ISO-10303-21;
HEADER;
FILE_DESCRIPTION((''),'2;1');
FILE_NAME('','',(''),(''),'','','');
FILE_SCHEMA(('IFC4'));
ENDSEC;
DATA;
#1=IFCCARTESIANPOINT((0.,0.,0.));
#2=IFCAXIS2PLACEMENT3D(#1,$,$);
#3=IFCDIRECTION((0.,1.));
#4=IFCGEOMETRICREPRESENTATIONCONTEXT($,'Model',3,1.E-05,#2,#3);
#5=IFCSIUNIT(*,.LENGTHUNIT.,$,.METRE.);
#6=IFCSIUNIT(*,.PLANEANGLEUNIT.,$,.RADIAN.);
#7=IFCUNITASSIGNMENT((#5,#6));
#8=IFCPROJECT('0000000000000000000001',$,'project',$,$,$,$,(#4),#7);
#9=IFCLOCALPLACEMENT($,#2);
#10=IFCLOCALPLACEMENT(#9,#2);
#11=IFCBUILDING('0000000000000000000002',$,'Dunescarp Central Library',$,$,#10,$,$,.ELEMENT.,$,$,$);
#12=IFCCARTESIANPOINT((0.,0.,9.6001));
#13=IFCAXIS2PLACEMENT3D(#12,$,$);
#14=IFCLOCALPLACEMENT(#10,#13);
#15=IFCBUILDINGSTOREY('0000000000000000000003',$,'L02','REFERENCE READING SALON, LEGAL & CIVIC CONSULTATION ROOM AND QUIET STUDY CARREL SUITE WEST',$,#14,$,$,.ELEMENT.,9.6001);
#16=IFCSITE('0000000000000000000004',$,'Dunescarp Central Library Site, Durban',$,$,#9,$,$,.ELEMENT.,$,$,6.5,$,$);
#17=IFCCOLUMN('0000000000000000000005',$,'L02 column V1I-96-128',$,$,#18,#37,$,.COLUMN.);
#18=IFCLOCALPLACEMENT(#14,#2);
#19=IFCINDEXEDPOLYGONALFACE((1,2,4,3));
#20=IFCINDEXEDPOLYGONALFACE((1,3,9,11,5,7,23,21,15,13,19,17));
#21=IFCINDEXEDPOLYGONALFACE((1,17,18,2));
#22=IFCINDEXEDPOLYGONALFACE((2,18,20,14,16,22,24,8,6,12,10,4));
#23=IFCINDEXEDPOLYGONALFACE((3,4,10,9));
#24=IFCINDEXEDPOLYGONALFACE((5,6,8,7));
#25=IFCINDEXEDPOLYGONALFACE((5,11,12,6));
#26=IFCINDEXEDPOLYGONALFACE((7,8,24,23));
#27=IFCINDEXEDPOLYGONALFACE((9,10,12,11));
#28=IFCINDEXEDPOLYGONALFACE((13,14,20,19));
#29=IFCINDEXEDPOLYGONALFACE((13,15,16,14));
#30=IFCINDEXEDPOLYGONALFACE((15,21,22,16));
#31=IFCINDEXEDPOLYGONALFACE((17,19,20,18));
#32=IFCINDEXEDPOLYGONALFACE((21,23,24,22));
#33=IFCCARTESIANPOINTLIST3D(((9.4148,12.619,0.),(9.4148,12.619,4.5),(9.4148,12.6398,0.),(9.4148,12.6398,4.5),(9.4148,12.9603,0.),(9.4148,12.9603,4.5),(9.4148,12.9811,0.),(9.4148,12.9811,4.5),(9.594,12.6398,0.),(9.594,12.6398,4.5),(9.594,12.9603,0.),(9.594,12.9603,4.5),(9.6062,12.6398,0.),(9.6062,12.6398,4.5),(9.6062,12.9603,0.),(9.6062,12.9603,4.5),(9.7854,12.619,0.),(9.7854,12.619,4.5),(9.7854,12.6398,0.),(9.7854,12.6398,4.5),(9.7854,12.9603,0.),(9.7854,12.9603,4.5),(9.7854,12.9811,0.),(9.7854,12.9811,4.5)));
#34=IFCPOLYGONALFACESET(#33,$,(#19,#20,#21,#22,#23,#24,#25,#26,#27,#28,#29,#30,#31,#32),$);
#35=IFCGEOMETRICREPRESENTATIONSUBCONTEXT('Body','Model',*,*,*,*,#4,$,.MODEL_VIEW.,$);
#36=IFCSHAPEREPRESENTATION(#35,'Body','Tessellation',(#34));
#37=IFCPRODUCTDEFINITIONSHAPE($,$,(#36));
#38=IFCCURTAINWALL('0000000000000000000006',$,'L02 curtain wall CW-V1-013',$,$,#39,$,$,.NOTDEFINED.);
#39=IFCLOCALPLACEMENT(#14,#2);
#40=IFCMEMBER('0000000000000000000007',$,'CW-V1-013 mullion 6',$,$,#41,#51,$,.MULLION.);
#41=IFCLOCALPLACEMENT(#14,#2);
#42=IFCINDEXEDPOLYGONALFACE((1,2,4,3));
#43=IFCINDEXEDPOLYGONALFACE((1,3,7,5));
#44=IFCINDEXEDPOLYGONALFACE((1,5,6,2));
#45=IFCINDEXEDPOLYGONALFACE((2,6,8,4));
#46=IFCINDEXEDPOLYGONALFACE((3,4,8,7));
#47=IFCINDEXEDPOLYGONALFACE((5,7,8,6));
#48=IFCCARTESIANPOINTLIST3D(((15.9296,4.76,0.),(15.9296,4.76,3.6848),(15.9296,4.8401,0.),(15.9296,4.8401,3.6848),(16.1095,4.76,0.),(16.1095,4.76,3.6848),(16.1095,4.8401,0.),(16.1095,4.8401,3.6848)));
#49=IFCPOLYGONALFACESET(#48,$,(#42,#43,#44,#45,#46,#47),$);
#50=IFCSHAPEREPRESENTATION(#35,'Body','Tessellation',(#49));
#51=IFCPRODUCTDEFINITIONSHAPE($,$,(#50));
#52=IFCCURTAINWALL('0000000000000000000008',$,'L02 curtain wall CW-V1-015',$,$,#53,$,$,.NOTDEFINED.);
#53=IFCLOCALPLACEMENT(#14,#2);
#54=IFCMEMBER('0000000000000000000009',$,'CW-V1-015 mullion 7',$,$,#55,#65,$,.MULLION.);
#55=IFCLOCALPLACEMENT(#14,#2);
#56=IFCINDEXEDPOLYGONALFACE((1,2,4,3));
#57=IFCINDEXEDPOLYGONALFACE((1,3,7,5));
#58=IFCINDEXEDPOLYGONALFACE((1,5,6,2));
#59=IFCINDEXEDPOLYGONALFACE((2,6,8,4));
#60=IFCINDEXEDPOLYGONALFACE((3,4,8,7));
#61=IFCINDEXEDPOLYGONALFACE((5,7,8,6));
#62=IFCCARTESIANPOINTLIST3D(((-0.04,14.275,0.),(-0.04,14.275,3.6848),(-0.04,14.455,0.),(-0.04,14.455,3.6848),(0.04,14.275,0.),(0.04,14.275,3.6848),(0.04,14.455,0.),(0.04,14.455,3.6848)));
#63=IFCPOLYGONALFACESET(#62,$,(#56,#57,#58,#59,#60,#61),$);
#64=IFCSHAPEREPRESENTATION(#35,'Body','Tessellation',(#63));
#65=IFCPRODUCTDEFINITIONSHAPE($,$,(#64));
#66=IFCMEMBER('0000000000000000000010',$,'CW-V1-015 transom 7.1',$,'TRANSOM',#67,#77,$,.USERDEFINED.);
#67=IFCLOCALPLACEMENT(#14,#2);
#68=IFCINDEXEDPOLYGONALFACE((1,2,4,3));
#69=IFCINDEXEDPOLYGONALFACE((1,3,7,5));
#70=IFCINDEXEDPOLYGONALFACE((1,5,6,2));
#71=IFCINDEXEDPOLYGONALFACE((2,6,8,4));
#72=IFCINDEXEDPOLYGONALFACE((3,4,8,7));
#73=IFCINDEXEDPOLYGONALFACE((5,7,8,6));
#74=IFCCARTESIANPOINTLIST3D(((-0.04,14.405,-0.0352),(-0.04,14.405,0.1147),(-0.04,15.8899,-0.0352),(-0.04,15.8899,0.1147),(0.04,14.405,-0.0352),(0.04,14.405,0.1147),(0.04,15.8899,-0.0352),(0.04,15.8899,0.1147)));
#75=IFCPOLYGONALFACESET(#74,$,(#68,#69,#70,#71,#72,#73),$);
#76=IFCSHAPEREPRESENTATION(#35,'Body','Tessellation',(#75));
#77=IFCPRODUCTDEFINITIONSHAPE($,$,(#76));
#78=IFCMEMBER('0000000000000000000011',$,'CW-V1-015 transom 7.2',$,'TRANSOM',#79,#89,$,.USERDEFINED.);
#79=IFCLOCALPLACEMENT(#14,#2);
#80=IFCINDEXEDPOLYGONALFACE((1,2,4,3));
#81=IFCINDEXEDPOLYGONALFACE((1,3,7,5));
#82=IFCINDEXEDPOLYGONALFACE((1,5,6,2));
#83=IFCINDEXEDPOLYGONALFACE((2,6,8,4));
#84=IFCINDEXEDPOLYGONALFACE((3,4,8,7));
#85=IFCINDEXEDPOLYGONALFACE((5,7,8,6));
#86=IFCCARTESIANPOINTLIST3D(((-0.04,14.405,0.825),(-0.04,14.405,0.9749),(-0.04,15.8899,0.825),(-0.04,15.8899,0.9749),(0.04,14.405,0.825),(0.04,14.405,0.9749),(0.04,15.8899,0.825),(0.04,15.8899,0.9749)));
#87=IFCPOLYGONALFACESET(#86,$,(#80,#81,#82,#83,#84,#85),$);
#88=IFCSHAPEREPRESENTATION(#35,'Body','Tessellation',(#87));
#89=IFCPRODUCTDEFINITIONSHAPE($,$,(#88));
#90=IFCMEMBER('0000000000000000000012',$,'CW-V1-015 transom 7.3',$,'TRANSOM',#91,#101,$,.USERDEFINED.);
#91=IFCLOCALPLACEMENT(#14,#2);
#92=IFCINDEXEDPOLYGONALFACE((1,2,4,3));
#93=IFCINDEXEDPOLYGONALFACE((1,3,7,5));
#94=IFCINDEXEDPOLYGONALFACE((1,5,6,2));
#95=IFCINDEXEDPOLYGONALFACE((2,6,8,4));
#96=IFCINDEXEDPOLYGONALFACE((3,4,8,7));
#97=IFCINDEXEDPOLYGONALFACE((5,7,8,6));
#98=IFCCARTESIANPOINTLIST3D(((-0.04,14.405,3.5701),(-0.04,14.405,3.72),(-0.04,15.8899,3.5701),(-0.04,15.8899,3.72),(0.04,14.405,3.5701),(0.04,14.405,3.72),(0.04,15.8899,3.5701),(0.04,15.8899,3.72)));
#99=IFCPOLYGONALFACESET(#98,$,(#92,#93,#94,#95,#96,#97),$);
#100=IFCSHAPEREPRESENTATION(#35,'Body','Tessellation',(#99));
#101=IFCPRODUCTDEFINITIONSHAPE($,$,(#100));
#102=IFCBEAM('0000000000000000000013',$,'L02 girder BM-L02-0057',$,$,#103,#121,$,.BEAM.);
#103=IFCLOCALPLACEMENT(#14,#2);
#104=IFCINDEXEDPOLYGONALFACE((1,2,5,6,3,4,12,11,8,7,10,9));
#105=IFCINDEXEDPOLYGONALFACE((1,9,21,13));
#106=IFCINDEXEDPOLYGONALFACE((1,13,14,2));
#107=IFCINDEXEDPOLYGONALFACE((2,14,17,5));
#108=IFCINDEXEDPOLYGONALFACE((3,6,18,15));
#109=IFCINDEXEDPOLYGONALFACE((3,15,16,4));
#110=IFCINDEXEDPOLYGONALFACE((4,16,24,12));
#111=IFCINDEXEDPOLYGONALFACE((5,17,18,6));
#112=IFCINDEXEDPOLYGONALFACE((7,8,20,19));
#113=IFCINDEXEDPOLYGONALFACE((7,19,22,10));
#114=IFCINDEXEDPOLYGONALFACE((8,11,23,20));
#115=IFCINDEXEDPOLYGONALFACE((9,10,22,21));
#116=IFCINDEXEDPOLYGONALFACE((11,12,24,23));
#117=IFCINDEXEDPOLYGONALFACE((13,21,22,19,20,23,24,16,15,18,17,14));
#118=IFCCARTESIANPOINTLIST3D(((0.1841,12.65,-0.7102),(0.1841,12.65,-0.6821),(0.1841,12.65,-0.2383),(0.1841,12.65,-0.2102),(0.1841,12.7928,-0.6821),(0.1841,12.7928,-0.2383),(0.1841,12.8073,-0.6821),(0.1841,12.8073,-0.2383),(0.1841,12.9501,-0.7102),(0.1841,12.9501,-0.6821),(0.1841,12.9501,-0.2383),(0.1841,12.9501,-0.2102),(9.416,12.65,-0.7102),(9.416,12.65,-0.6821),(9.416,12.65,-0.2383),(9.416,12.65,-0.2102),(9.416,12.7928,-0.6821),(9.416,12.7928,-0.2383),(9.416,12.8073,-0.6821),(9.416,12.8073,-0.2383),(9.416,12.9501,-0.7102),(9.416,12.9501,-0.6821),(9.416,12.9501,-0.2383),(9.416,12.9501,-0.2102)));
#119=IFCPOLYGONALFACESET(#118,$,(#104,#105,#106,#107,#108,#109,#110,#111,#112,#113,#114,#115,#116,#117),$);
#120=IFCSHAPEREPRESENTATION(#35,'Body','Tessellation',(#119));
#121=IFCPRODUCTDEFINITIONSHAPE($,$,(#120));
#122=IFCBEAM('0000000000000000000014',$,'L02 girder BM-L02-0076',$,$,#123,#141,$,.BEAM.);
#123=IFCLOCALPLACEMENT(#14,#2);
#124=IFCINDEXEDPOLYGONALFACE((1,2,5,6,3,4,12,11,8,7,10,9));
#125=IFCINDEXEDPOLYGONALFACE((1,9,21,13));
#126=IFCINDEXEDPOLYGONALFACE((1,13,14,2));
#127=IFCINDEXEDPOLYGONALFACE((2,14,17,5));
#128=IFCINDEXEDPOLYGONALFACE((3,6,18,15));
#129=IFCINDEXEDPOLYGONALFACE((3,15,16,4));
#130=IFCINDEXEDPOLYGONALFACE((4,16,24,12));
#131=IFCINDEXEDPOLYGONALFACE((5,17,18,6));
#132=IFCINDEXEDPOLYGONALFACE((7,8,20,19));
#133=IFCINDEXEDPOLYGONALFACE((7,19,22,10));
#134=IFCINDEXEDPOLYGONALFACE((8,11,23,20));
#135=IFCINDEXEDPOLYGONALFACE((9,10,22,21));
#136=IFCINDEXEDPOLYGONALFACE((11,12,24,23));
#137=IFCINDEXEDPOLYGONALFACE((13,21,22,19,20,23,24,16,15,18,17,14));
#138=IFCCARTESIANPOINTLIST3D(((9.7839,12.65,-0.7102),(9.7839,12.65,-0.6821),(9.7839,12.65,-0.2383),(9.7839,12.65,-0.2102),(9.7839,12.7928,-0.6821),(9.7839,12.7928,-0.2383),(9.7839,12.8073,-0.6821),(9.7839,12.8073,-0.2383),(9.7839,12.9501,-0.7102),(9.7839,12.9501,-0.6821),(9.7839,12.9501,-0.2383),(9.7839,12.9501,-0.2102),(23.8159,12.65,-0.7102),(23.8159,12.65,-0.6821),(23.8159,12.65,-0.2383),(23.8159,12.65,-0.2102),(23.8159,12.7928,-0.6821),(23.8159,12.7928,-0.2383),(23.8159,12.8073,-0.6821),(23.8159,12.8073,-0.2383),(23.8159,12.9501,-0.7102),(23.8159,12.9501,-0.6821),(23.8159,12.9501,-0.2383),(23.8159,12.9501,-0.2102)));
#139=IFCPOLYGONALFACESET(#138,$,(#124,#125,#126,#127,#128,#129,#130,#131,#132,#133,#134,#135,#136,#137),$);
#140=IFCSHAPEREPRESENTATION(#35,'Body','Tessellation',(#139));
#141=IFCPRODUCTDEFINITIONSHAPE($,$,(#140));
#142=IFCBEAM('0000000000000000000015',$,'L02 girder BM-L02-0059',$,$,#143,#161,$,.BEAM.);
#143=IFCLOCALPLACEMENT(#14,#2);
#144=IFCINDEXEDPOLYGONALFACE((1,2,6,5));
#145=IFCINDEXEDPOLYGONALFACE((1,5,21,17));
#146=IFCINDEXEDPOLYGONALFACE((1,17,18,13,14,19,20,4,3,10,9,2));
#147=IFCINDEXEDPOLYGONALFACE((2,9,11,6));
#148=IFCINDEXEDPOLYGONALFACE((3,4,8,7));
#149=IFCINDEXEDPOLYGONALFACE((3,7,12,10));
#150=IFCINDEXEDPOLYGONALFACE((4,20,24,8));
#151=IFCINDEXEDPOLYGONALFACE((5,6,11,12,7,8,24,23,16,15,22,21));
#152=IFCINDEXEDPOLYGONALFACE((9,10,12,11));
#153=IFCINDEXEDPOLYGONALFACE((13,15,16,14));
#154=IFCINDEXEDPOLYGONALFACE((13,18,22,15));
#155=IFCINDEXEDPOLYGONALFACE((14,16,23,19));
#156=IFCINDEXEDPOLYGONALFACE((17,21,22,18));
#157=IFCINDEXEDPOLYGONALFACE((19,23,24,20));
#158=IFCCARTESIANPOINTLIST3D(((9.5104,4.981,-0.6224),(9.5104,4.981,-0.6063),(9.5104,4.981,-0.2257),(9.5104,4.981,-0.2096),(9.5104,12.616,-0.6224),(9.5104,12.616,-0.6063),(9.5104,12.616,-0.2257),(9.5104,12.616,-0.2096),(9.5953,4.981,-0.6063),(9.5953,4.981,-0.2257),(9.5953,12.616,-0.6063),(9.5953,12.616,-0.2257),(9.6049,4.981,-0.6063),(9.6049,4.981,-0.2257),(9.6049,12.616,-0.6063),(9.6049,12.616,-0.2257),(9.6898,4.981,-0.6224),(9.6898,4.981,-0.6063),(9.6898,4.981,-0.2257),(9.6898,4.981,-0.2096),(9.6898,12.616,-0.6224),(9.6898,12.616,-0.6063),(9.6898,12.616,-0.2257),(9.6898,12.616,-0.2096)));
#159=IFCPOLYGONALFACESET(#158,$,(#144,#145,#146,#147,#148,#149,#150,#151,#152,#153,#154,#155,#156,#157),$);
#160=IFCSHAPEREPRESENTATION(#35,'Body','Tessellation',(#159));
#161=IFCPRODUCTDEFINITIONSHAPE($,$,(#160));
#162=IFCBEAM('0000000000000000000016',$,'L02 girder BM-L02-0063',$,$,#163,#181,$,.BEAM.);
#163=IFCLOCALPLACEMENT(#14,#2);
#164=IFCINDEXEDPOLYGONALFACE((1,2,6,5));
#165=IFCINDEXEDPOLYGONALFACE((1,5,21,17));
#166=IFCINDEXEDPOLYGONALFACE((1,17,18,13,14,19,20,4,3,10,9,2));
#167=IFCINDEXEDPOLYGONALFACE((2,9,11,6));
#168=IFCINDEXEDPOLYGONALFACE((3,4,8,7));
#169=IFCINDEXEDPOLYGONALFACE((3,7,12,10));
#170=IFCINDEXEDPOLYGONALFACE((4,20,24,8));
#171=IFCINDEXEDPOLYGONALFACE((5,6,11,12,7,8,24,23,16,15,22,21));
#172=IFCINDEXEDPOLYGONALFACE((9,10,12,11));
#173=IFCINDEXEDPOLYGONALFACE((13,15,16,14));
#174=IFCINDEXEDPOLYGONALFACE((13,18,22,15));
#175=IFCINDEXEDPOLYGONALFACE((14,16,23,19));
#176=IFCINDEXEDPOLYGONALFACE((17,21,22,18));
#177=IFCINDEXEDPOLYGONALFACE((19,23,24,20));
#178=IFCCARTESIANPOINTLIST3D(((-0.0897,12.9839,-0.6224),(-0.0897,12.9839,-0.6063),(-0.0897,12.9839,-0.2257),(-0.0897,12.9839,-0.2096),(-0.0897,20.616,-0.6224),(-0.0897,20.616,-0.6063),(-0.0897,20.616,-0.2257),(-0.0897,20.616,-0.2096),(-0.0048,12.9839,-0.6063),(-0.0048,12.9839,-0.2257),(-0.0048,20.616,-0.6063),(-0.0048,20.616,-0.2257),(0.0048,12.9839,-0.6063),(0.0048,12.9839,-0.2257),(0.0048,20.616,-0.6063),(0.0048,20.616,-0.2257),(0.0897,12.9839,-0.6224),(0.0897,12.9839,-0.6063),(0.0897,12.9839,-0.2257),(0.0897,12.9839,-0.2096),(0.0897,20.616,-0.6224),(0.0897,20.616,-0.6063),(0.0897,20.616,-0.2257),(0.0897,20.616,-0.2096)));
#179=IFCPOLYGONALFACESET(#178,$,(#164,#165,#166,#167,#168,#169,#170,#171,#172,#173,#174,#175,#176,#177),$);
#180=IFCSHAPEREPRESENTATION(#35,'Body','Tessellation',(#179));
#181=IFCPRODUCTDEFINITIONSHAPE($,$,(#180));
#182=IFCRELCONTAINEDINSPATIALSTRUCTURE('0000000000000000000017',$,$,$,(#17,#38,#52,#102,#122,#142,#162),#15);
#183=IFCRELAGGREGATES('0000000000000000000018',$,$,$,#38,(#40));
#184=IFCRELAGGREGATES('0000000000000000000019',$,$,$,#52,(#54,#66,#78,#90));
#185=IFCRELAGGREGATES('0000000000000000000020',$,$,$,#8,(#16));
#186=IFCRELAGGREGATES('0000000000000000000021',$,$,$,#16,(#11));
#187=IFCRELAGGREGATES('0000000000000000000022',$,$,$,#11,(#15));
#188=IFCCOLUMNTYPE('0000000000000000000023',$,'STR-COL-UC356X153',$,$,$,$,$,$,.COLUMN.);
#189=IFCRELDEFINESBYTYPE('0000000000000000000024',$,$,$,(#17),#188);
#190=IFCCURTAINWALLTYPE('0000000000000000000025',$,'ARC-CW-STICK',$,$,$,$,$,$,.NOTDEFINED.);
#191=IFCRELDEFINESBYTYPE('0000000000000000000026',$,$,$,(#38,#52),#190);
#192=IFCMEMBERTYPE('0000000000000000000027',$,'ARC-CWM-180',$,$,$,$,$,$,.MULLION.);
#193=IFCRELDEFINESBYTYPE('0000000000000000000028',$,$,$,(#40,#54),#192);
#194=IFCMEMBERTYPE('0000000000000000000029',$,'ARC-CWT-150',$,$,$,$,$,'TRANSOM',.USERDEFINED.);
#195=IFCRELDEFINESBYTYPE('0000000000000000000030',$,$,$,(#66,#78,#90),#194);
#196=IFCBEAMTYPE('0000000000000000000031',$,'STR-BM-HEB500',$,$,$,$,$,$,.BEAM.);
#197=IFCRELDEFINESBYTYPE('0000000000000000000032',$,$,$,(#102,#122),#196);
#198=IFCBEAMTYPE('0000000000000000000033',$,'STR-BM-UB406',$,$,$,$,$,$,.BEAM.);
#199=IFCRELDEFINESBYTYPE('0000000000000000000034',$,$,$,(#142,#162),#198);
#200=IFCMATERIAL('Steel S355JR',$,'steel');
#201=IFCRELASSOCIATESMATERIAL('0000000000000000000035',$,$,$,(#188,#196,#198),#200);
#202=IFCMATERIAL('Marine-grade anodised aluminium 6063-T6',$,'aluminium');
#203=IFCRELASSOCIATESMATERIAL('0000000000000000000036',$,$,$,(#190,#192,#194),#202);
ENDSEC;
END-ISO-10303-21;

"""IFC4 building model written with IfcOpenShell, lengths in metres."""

from ifc_helpers import new_model, si_unit, direction, frame, origin, origin_2d, place, context, subcontext, project, spatial, rectangle, i_section, extrude, material, material_profile, profile_set, type_object, element, aggregate, save


model = new_model("IFC4")

# Units and contexts
model_context = context("Model", 3, precision=1e-05, world=origin(), true_north=direction((0.0, 1.0)))
body_context = subcontext(model_context, "Body", "Model", "MODEL_VIEW")
ifc_project = project(units=[si_unit("LENGTHUNIT", "METRE"), si_unit("PLANEANGLEUNIT", "RADIAN")], contexts=[model_context])

# Site, building, storey
site_placement = place(None, origin())
site = spatial("IfcSite", under=ifc_project, at=site_placement, Name="Dunescarp Central Library Site, Durban", CompositionType="ELEMENT", RefElevation=6.5)
building_placement = place(site_placement, origin())
building = spatial("IfcBuilding", under=site, at=building_placement, Name="Dunescarp Central Library", CompositionType="ELEMENT")
storey_placement = place(building_placement, frame((0.0, 0.0, 9.6001)))
storey = spatial("IfcBuildingStorey", under=building, at=storey_placement, Name="L02", Description="REFERENCE READING SALON, LEGAL & CIVIC CONSULTATION ROOM AND QUIET STUDY CARREL SUITE WEST", CompositionType="ELEMENT", Elevation=9.6001)

# Column
ifc_material_1 = material(Name="Steel S355JR", Category="steel")
ifc_material_profile_1 = material_profile(ifc_material_1, i_section(OverallWidth=0.3706, OverallDepth=0.3621, WebThickness=0.0122, FlangeThickness=0.0208, at=origin_2d()), Name="UC 356x368x153")
ifc_profile_set_1 = profile_set([ifc_material_profile_1], Name="Steel S355JR")
column_type = type_object("IfcColumnType", Name="STR-COL-UC356X153", PredefinedType="COLUMN", material=ifc_profile_set_1)
column_placement = place(storey_placement, frame((9.6001, 12.8, 0.0), z_axis=(0.0, 0.0, 1.0), x_axis=(1.0, 0.0, 0.0)))
element("IfcColumn", 1, at=column_placement, inside=storey, type_object=column_type, Name="L02 column V1I-96-128", PredefinedType="COLUMN", context=body_context, shape_type="SweptSolid", body=[
    extrude(i_section(OverallWidth=0.3706, OverallDepth=0.3621, WebThickness=0.0122, FlangeThickness=0.0208, at=origin_2d()), origin(), (0.0, 0.0, 1.0), 4.5),
])

# Curtain wall, member
ifc_material_2 = material(Name="Marine-grade anodised aluminium 6063-T6", Category="aluminium")
curtain_wall_type = type_object("IfcCurtainWallType", Name="ARC-CW-STICK", PredefinedType="NOTDEFINED", material=ifc_material_2)
curtain_wall_1_placement = place(storey_placement, origin())
curtain_wall_1 = element("IfcCurtainWall", 2, at=curtain_wall_1_placement, inside=storey, type_object=curtain_wall_type, Name="L02 curtain wall CW-V1-013", PredefinedType="NOTDEFINED")
ifc_material_profile_2 = material_profile(ifc_material_2, rectangle(XDim=0.0801, YDim=0.1799, at=origin_2d()), Name="AL 80x180")
ifc_profile_set_2 = profile_set([ifc_material_profile_2], Name="Marine-grade anodised aluminium 6063-T6")
member_type_1 = type_object("IfcMemberType", Name="ARC-CWM-180", PredefinedType="MULLION", material=ifc_profile_set_2)
member_1_placement = place(storey_placement, frame((16.0195, 4.8, 0.0), z_axis=(0.0, 0.0, 1.0), x_axis=(0.0, -1.0, 0.0)))
member_1 = element("IfcMember", 3, at=member_1_placement, type_object=member_type_1, Name="CW-V1-013 mullion 6", PredefinedType="MULLION", context=body_context, shape_type="SweptSolid", body=[
    extrude(rectangle(XDim=0.0801, YDim=0.1799, at=origin_2d()), origin(), (0.0, 0.0, 1.0), 3.6848),
])
aggregate(curtain_wall_1, [member_1])

# Curtain wall, members
curtain_wall_2_placement = place(storey_placement, origin())
curtain_wall_2 = element("IfcCurtainWall", 4, at=curtain_wall_2_placement, inside=storey, type_object=curtain_wall_type, Name="L02 curtain wall CW-V1-015", PredefinedType="NOTDEFINED")
member_2_placement = place(storey_placement, frame((0.0, 14.365, 0.0), z_axis=(0.0, 0.0, 1.0), x_axis=(-1.0, 0.0, 0.0)))
member_2 = element("IfcMember", 5, at=member_2_placement, type_object=member_type_1, Name="CW-V1-015 mullion 7", PredefinedType="MULLION", context=body_context, shape_type="SweptSolid", body=[
    extrude(rectangle(XDim=0.0801, YDim=0.1799, at=origin_2d()), origin(), (0.0, 0.0, 1.0), 3.6848),
])
ifc_material_profile_3 = material_profile(ifc_material_2, rectangle(XDim=0.0801, YDim=0.1499, at=origin_2d()), Name="AL 80x150")
ifc_profile_set_3 = profile_set([ifc_material_profile_3], Name="Marine-grade anodised aluminium 6063-T6")
member_type_2 = type_object("IfcMemberType", Name="ARC-CWT-150", ElementType="TRANSOM", PredefinedType="USERDEFINED", material=ifc_profile_set_3)
member_3_placement = place(storey_placement, frame((0.0, 14.405, 0.0398), z_axis=(0.0, 1.0, 0.0), x_axis=(-1.0, 0.0, 0.0)))
member_3 = element("IfcMember", 6, at=member_3_placement, type_object=member_type_2, Name="CW-V1-015 transom 7.1", ObjectType="TRANSOM", PredefinedType="USERDEFINED", context=body_context, shape_type="SweptSolid", body=[
    extrude(rectangle(XDim=0.0801, YDim=0.1499, at=origin_2d()), origin(), (0.0, 0.0, 1.0), 1.4849),
])
member_4_placement = place(storey_placement, frame((0.0, 14.405, 0.8999), z_axis=(0.0, 1.0, 0.0), x_axis=(-1.0, 0.0, 0.0)))
member_4 = element("IfcMember", 7, at=member_4_placement, type_object=member_type_2, Name="CW-V1-015 transom 7.2", ObjectType="TRANSOM", PredefinedType="USERDEFINED", context=body_context, shape_type="SweptSolid", body=[
    extrude(rectangle(XDim=0.0801, YDim=0.1499, at=origin_2d()), origin(), (0.0, 0.0, 1.0), 1.4849),
])
member_5_placement = place(storey_placement, frame((0.0, 14.405, 3.645), z_axis=(0.0, 1.0, 0.0), x_axis=(-1.0, 0.0, 0.0)))
member_5 = element("IfcMember", 8, at=member_5_placement, type_object=member_type_2, Name="CW-V1-015 transom 7.3", ObjectType="TRANSOM", PredefinedType="USERDEFINED", context=body_context, shape_type="SweptSolid", body=[
    extrude(rectangle(XDim=0.0801, YDim=0.1499, at=origin_2d()), origin(), (0.0, 0.0, 1.0), 1.4849),
])

# Beams
ifc_material_profile_4 = material_profile(ifc_material_1, i_section(OverallWidth=0.3, OverallDepth=0.5, WebThickness=0.0144, FlangeThickness=0.0281, at=origin_2d()), Name="HEB 500")
ifc_profile_set_4 = profile_set([ifc_material_profile_4], Name="Steel S355JR")
beam_type_1 = type_object("IfcBeamType", Name="STR-BM-HEB500", PredefinedType="BEAM", material=ifc_profile_set_4)
beam_1_placement = place(storey_placement, frame((0.1841, 12.8, -0.4602), z_axis=(1.0, 0.0, 0.0), x_axis=(0.0, 1.0, 0.0)))
element("IfcBeam", 9, at=beam_1_placement, inside=storey, type_object=beam_type_1, Name="L02 girder BM-L02-0057", PredefinedType="BEAM", context=body_context, shape_type="SweptSolid", body=[
    extrude(i_section(OverallWidth=0.3, OverallDepth=0.5, WebThickness=0.0144, FlangeThickness=0.0281, at=origin_2d()), origin(), (0.0, 0.0, 1.0), 9.2319),
])
beam_2_placement = place(storey_placement, frame((9.7839, 12.8, -0.4602), z_axis=(1.0, 0.0, 0.0), x_axis=(0.0, 1.0, 0.0)))
element("IfcBeam", 10, at=beam_2_placement, inside=storey, type_object=beam_type_1, Name="L02 girder BM-L02-0076", PredefinedType="BEAM", context=body_context, shape_type="SweptSolid", body=[
    extrude(i_section(OverallWidth=0.3, OverallDepth=0.5, WebThickness=0.0144, FlangeThickness=0.0281, at=origin_2d()), origin(), (0.0, 0.0, 1.0), 14.032),
])
ifc_material_profile_5 = material_profile(ifc_material_1, i_section(OverallWidth=0.1794, OverallDepth=0.4128, WebThickness=0.0095, FlangeThickness=0.0161, at=origin_2d()), Name="UB 406x178x74")
ifc_profile_set_5 = profile_set([ifc_material_profile_5], Name="Steel S355JR")
beam_type_2 = type_object("IfcBeamType", Name="STR-BM-UB406", PredefinedType="BEAM", material=ifc_profile_set_5)
beam_3_placement = place(storey_placement, frame((9.6001, 4.981, -0.416), z_axis=(0.0, 1.0, 0.0), x_axis=(-1.0, 0.0, 0.0)))
element("IfcBeam", 11, at=beam_3_placement, inside=storey, type_object=beam_type_2, Name="L02 girder BM-L02-0059", PredefinedType="BEAM", context=body_context, shape_type="SweptSolid", body=[
    extrude(i_section(OverallWidth=0.1794, OverallDepth=0.4128, WebThickness=0.0095, FlangeThickness=0.0161, at=origin_2d()), origin(), (0.0, 0.0, 1.0), 7.635),
])
for number, where, z_axis, x_axis, name in (
    (12, (0.0, 12.9839, -0.416), (0.0, 1.0, 0.0), (-1.0, 0.0, 0.0), "L02 girder BM-L02-0063"),
):
    element("IfcBeam", number, at=place(storey_placement, frame(where, z_axis=z_axis, x_axis=x_axis)), inside=storey, type_object=beam_type_2, Name=name, PredefinedType="BEAM", context=body_context, shape_type="SweptSolid", body=[
        extrude(i_section(OverallWidth=0.1794, OverallDepth=0.4128, WebThickness=0.0095, FlangeThickness=0.0161, at=origin_2d()), origin(), (0.0, 0.0, 1.0), 7.6321),
    ])

aggregate(curtain_wall_2, [member_2, member_3, member_4, member_5])

save(model, "model.ifc")
